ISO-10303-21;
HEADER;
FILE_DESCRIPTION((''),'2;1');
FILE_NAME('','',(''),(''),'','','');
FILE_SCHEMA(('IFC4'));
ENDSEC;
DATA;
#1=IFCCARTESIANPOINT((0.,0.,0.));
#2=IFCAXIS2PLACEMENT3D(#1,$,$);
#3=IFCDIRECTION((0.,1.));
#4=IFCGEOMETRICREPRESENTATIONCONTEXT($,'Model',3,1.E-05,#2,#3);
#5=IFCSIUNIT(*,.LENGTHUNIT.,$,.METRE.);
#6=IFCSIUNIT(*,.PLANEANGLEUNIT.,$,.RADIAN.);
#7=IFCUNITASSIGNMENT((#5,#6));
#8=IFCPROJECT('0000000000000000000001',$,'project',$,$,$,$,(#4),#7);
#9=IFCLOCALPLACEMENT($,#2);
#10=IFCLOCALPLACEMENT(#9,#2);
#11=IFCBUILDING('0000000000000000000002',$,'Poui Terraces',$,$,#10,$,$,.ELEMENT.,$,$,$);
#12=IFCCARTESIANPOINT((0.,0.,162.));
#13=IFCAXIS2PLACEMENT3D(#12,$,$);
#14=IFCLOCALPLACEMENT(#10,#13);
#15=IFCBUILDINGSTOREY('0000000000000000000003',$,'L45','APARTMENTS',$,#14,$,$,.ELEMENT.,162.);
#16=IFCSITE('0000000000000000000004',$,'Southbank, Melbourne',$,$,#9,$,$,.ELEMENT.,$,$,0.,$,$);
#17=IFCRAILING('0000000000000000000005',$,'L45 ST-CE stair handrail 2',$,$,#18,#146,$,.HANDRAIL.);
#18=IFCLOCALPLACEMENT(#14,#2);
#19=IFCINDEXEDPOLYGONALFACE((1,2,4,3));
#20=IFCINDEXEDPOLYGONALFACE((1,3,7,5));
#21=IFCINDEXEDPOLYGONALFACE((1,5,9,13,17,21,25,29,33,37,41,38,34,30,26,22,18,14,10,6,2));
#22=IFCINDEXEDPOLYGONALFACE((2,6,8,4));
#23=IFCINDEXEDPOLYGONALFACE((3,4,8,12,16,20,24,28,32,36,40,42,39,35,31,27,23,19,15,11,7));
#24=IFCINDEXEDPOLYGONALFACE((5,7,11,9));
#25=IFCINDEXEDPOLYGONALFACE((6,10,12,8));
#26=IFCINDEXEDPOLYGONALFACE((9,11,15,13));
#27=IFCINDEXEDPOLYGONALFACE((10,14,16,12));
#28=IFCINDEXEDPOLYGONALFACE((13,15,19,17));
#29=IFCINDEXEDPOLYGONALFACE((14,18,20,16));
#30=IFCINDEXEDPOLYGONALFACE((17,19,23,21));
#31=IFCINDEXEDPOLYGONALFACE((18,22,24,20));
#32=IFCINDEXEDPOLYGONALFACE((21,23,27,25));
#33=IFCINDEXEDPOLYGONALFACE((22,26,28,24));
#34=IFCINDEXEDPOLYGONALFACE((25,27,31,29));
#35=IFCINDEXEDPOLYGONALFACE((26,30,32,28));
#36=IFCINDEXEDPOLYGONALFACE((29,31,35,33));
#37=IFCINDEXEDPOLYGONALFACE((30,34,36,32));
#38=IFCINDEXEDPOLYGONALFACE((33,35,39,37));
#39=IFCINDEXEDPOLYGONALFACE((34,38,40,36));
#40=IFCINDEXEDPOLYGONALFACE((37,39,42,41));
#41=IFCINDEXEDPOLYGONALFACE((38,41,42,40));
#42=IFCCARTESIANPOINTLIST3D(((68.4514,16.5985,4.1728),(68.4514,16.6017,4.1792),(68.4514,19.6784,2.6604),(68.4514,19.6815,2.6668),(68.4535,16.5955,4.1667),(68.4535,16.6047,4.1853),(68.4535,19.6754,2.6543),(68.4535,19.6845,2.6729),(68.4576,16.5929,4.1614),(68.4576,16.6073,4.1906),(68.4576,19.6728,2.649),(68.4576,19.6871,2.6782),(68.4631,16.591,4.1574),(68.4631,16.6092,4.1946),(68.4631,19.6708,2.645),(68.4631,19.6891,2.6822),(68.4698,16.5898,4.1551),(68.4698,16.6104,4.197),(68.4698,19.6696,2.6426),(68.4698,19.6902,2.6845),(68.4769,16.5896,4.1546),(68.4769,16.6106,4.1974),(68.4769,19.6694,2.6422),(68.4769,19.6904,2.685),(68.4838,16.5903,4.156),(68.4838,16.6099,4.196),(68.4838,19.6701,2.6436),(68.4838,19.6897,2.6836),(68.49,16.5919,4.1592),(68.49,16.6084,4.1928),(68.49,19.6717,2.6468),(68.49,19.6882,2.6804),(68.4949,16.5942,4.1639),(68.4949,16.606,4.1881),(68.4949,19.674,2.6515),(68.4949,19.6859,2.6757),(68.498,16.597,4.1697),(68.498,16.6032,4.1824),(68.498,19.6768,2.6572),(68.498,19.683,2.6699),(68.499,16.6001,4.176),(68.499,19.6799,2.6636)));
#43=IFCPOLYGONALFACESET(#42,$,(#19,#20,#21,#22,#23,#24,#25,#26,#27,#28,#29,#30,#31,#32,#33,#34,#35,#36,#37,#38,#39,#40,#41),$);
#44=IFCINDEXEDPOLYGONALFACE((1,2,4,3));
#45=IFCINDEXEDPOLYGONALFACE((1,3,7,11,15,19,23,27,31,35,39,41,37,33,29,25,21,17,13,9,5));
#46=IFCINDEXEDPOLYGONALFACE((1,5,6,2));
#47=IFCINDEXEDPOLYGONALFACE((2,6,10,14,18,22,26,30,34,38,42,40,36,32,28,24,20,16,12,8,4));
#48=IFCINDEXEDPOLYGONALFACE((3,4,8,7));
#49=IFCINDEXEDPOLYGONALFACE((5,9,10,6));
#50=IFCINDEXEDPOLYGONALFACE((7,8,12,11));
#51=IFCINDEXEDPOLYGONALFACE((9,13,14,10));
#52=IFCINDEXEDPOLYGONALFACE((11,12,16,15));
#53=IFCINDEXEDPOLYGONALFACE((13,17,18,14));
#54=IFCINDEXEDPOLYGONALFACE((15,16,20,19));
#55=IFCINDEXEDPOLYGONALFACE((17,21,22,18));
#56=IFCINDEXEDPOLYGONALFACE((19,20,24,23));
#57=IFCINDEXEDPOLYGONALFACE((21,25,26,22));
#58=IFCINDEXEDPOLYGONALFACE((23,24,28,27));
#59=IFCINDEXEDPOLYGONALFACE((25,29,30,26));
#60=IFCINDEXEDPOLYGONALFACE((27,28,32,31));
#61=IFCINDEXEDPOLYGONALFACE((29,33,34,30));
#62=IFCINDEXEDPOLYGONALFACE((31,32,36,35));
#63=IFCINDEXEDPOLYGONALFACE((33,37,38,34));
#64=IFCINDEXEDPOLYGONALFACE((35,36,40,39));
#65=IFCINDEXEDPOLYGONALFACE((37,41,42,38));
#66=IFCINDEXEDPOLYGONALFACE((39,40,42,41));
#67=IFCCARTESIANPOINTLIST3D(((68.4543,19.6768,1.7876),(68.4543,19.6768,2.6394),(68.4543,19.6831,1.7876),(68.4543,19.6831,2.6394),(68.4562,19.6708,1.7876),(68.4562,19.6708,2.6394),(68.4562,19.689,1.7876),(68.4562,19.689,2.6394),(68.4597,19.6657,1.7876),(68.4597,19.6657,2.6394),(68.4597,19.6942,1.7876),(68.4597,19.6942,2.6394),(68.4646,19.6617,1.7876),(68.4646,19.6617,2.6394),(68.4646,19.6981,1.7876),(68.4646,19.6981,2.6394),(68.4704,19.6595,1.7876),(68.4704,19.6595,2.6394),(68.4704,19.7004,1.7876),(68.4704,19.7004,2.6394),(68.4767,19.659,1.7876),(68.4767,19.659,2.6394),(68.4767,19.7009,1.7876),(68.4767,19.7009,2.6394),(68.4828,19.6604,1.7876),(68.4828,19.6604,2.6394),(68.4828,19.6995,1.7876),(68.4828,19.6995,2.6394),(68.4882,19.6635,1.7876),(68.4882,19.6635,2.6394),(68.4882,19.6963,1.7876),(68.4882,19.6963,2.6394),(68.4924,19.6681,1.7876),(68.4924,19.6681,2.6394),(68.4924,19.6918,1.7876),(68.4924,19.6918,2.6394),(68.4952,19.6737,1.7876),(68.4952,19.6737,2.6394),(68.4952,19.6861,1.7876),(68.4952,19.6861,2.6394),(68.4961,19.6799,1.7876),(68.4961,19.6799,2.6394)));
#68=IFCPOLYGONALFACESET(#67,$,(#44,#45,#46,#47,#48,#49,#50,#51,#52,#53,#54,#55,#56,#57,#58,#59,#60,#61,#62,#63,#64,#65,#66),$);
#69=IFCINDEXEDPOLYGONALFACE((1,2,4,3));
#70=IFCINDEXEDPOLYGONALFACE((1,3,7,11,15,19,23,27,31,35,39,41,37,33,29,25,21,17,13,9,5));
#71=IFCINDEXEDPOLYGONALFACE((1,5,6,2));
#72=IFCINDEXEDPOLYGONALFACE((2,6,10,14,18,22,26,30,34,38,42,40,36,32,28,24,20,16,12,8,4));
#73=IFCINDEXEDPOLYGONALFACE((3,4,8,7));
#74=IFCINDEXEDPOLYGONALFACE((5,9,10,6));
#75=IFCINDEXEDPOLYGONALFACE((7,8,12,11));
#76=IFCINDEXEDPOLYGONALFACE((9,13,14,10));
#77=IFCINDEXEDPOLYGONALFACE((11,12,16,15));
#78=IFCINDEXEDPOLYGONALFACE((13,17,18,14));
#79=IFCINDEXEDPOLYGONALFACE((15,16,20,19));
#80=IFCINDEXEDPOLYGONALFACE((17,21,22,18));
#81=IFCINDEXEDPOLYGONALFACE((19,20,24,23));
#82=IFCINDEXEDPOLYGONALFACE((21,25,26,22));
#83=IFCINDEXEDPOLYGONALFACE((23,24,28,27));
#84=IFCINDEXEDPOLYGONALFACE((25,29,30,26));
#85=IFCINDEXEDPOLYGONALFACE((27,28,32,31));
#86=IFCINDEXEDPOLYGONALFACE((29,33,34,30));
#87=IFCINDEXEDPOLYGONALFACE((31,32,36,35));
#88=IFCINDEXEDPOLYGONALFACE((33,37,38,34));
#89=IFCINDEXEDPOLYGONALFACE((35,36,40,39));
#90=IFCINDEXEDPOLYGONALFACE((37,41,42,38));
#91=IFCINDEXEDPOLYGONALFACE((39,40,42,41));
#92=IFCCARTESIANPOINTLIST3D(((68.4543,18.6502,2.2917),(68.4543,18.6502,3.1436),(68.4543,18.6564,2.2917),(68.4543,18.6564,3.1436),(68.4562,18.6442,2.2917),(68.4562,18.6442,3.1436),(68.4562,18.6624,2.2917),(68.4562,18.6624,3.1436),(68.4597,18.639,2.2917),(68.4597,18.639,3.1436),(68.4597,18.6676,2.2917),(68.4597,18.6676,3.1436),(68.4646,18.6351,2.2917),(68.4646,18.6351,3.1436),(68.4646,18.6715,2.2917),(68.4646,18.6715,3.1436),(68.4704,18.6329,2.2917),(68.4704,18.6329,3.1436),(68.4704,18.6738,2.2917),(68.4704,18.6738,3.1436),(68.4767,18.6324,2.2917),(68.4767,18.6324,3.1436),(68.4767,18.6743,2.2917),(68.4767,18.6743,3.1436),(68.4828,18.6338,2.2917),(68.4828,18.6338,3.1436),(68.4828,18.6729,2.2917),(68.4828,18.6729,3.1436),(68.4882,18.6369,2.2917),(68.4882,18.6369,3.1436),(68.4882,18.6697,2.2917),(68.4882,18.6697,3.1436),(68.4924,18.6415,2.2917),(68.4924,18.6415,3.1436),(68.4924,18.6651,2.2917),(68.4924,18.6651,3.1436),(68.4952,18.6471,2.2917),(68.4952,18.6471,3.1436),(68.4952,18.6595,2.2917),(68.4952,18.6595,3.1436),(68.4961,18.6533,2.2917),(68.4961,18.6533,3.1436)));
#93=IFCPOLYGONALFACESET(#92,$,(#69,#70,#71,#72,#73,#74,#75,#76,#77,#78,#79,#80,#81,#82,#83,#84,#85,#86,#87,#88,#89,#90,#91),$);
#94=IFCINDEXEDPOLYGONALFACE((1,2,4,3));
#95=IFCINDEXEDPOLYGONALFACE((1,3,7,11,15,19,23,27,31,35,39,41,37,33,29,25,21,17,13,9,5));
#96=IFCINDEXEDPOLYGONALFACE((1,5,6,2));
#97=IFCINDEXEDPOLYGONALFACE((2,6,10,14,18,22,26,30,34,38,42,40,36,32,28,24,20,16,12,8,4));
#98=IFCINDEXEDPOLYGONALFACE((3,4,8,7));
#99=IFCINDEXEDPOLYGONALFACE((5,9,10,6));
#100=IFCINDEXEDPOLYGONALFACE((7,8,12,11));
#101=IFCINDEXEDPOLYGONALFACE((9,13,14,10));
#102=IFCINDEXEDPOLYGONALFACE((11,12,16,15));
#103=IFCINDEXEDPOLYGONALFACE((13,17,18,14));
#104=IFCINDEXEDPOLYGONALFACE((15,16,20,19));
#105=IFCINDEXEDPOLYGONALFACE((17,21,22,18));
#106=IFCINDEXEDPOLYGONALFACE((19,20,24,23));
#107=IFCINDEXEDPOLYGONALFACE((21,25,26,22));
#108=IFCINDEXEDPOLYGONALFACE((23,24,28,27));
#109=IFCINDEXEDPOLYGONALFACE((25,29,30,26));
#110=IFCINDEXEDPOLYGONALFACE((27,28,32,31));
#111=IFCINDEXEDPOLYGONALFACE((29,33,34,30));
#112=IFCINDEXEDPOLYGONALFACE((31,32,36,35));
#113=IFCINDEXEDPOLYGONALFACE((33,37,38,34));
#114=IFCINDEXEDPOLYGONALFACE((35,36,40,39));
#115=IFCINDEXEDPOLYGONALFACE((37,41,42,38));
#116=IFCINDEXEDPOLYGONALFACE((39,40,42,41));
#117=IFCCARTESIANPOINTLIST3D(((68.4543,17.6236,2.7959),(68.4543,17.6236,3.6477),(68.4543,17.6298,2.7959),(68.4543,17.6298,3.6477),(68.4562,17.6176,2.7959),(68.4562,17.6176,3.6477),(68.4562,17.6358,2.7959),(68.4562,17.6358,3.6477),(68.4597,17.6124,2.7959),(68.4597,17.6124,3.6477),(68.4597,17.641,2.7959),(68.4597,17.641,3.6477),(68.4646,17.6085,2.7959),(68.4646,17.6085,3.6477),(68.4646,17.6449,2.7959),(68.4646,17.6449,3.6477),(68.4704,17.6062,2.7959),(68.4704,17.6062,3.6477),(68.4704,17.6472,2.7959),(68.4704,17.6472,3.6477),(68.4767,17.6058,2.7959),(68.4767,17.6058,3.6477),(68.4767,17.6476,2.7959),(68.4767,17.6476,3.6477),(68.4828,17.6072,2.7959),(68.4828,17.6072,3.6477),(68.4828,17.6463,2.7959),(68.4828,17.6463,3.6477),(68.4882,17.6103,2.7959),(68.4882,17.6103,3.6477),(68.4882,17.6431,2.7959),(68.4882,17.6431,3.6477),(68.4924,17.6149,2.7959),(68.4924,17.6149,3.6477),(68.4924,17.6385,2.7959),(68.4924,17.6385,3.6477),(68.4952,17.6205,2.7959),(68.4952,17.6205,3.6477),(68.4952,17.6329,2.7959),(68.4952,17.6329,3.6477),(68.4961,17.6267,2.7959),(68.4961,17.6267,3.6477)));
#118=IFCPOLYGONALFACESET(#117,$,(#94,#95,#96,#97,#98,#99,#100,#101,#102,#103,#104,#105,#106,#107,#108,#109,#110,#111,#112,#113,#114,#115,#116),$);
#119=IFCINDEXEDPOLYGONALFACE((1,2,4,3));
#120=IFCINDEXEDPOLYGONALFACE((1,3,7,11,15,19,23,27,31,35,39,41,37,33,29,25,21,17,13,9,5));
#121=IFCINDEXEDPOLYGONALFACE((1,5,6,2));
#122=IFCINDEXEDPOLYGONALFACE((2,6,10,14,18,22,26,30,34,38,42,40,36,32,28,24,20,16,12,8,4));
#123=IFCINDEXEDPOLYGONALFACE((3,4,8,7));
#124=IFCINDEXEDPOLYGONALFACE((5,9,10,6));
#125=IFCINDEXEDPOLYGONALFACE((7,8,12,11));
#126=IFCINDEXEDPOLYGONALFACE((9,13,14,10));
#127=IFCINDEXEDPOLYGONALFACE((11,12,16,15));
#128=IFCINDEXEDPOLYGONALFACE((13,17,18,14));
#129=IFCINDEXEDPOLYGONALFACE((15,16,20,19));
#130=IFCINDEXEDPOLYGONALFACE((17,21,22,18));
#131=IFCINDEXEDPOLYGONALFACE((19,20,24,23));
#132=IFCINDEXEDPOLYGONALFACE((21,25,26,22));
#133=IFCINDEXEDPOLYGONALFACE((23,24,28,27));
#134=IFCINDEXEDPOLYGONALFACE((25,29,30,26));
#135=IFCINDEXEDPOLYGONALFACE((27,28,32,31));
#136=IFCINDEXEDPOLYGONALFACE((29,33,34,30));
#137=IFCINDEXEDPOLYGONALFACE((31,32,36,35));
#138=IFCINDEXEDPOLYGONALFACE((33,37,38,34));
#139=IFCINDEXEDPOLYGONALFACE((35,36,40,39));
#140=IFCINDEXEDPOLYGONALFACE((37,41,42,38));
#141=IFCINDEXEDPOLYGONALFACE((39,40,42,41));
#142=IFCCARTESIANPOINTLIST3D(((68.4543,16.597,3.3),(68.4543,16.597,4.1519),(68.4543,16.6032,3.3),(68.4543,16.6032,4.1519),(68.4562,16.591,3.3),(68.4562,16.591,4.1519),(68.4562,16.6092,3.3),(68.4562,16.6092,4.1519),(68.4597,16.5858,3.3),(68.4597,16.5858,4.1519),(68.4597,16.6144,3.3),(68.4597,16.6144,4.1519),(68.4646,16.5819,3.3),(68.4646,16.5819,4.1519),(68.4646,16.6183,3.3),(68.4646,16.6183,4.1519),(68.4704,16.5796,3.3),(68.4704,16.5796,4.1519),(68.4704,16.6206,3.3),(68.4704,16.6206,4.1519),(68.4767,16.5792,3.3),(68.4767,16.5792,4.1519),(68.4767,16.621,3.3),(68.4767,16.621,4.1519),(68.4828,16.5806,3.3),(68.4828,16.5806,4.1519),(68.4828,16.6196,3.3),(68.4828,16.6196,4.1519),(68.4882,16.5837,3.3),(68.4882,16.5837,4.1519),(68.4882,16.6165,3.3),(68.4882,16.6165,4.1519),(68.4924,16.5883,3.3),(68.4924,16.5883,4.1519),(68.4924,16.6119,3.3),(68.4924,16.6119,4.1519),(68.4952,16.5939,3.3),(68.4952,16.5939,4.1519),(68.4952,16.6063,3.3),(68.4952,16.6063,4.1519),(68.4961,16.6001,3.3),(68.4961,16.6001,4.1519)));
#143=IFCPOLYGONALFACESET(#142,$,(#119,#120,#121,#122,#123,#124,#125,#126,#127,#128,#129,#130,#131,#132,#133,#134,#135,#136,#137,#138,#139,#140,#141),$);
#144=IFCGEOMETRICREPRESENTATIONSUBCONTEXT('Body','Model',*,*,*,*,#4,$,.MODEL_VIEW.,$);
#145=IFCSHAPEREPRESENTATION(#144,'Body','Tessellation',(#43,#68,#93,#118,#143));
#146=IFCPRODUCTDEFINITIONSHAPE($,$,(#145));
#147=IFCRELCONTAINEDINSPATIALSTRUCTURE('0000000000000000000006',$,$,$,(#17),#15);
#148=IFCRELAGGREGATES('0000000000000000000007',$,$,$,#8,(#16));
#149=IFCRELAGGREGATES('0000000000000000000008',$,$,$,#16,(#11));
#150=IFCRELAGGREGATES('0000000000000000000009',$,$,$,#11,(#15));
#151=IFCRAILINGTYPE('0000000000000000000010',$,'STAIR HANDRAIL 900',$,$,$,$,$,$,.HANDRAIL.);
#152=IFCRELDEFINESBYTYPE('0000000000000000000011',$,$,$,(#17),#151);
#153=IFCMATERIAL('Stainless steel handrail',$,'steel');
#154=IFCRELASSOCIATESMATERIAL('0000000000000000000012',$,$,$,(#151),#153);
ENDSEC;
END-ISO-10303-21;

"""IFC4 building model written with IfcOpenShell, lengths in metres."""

from ifc_helpers import new_model, si_unit, direction, frame, origin, origin_2d, place, context, subcontext, project, spatial, circle, extrude, material, type_object, element, save


model = new_model("IFC4")

# Units and contexts
model_context = context("Model", 3, precision=1e-05, world=origin(), true_north=direction((0.0, 1.0)))
body_context = subcontext(model_context, "Body", "Model", "MODEL_VIEW")
ifc_project = project(units=[si_unit("LENGTHUNIT", "METRE"), si_unit("PLANEANGLEUNIT", "RADIAN")], contexts=[model_context])

# Site, building, storey
site_placement = place(None, origin())
site = spatial("IfcSite", under=ifc_project, at=site_placement, Name="Southbank, Melbourne", CompositionType="ELEMENT", RefElevation=0.0)
building_placement = place(site_placement, origin())
building = spatial("IfcBuilding", under=site, at=building_placement, Name="Poui Terraces", CompositionType="ELEMENT")
storey_placement = place(building_placement, frame((0.0, 0.0, 162.0)))
storey = spatial("IfcBuildingStorey", under=building, at=storey_placement, Name="L45", Description="APARTMENTS", CompositionType="ELEMENT", Elevation=162.0)

# Railing
ifc_material_1 = material(Name="Stainless steel handrail", Category="steel")
railing_type_1 = type_object("IfcRailingType", Name="STAIR HANDRAIL 900", PredefinedType="HANDRAIL", material=ifc_material_1)
railing_1_placement = place(storey_placement, frame((68.4751, 19.6799, 1.7876)))
element("IfcRailing", 1, at=railing_1_placement, inside=storey, type_object=railing_type_1, Name="L45 ST-CE stair handrail 2", PredefinedType="HANDRAIL", context=body_context, shape_type="SweptSolid", body=[
    extrude(circle(Radius=0.0239, at=origin_2d()), frame((0.0, 0.0, 0.876), z_axis=(0.0, -0.897606, 0.440798), x_axis=(1.0, 0.0, 0.0)), (0.0, 0.0, 1.0), 3.4312),
    extrude(circle(Radius=0.021, at=origin_2d()), origin(), (0.0, 0.0, 1.0), 0.8518),
    extrude(circle(Radius=0.021, at=origin_2d()), frame((0.0, -1.0266, 0.5042)), (0.0, 0.0, 1.0), 0.8518),
    extrude(circle(Radius=0.021, at=origin_2d()), frame((0.0, -2.0532, 1.0083)), (0.0, 0.0, 1.0), 0.8518),
    extrude(circle(Radius=0.021, at=origin_2d()), frame((0.0, -3.0798, 1.5125)), (0.0, 0.0, 1.0), 0.8518),
])

save(model, "model.ifc")
